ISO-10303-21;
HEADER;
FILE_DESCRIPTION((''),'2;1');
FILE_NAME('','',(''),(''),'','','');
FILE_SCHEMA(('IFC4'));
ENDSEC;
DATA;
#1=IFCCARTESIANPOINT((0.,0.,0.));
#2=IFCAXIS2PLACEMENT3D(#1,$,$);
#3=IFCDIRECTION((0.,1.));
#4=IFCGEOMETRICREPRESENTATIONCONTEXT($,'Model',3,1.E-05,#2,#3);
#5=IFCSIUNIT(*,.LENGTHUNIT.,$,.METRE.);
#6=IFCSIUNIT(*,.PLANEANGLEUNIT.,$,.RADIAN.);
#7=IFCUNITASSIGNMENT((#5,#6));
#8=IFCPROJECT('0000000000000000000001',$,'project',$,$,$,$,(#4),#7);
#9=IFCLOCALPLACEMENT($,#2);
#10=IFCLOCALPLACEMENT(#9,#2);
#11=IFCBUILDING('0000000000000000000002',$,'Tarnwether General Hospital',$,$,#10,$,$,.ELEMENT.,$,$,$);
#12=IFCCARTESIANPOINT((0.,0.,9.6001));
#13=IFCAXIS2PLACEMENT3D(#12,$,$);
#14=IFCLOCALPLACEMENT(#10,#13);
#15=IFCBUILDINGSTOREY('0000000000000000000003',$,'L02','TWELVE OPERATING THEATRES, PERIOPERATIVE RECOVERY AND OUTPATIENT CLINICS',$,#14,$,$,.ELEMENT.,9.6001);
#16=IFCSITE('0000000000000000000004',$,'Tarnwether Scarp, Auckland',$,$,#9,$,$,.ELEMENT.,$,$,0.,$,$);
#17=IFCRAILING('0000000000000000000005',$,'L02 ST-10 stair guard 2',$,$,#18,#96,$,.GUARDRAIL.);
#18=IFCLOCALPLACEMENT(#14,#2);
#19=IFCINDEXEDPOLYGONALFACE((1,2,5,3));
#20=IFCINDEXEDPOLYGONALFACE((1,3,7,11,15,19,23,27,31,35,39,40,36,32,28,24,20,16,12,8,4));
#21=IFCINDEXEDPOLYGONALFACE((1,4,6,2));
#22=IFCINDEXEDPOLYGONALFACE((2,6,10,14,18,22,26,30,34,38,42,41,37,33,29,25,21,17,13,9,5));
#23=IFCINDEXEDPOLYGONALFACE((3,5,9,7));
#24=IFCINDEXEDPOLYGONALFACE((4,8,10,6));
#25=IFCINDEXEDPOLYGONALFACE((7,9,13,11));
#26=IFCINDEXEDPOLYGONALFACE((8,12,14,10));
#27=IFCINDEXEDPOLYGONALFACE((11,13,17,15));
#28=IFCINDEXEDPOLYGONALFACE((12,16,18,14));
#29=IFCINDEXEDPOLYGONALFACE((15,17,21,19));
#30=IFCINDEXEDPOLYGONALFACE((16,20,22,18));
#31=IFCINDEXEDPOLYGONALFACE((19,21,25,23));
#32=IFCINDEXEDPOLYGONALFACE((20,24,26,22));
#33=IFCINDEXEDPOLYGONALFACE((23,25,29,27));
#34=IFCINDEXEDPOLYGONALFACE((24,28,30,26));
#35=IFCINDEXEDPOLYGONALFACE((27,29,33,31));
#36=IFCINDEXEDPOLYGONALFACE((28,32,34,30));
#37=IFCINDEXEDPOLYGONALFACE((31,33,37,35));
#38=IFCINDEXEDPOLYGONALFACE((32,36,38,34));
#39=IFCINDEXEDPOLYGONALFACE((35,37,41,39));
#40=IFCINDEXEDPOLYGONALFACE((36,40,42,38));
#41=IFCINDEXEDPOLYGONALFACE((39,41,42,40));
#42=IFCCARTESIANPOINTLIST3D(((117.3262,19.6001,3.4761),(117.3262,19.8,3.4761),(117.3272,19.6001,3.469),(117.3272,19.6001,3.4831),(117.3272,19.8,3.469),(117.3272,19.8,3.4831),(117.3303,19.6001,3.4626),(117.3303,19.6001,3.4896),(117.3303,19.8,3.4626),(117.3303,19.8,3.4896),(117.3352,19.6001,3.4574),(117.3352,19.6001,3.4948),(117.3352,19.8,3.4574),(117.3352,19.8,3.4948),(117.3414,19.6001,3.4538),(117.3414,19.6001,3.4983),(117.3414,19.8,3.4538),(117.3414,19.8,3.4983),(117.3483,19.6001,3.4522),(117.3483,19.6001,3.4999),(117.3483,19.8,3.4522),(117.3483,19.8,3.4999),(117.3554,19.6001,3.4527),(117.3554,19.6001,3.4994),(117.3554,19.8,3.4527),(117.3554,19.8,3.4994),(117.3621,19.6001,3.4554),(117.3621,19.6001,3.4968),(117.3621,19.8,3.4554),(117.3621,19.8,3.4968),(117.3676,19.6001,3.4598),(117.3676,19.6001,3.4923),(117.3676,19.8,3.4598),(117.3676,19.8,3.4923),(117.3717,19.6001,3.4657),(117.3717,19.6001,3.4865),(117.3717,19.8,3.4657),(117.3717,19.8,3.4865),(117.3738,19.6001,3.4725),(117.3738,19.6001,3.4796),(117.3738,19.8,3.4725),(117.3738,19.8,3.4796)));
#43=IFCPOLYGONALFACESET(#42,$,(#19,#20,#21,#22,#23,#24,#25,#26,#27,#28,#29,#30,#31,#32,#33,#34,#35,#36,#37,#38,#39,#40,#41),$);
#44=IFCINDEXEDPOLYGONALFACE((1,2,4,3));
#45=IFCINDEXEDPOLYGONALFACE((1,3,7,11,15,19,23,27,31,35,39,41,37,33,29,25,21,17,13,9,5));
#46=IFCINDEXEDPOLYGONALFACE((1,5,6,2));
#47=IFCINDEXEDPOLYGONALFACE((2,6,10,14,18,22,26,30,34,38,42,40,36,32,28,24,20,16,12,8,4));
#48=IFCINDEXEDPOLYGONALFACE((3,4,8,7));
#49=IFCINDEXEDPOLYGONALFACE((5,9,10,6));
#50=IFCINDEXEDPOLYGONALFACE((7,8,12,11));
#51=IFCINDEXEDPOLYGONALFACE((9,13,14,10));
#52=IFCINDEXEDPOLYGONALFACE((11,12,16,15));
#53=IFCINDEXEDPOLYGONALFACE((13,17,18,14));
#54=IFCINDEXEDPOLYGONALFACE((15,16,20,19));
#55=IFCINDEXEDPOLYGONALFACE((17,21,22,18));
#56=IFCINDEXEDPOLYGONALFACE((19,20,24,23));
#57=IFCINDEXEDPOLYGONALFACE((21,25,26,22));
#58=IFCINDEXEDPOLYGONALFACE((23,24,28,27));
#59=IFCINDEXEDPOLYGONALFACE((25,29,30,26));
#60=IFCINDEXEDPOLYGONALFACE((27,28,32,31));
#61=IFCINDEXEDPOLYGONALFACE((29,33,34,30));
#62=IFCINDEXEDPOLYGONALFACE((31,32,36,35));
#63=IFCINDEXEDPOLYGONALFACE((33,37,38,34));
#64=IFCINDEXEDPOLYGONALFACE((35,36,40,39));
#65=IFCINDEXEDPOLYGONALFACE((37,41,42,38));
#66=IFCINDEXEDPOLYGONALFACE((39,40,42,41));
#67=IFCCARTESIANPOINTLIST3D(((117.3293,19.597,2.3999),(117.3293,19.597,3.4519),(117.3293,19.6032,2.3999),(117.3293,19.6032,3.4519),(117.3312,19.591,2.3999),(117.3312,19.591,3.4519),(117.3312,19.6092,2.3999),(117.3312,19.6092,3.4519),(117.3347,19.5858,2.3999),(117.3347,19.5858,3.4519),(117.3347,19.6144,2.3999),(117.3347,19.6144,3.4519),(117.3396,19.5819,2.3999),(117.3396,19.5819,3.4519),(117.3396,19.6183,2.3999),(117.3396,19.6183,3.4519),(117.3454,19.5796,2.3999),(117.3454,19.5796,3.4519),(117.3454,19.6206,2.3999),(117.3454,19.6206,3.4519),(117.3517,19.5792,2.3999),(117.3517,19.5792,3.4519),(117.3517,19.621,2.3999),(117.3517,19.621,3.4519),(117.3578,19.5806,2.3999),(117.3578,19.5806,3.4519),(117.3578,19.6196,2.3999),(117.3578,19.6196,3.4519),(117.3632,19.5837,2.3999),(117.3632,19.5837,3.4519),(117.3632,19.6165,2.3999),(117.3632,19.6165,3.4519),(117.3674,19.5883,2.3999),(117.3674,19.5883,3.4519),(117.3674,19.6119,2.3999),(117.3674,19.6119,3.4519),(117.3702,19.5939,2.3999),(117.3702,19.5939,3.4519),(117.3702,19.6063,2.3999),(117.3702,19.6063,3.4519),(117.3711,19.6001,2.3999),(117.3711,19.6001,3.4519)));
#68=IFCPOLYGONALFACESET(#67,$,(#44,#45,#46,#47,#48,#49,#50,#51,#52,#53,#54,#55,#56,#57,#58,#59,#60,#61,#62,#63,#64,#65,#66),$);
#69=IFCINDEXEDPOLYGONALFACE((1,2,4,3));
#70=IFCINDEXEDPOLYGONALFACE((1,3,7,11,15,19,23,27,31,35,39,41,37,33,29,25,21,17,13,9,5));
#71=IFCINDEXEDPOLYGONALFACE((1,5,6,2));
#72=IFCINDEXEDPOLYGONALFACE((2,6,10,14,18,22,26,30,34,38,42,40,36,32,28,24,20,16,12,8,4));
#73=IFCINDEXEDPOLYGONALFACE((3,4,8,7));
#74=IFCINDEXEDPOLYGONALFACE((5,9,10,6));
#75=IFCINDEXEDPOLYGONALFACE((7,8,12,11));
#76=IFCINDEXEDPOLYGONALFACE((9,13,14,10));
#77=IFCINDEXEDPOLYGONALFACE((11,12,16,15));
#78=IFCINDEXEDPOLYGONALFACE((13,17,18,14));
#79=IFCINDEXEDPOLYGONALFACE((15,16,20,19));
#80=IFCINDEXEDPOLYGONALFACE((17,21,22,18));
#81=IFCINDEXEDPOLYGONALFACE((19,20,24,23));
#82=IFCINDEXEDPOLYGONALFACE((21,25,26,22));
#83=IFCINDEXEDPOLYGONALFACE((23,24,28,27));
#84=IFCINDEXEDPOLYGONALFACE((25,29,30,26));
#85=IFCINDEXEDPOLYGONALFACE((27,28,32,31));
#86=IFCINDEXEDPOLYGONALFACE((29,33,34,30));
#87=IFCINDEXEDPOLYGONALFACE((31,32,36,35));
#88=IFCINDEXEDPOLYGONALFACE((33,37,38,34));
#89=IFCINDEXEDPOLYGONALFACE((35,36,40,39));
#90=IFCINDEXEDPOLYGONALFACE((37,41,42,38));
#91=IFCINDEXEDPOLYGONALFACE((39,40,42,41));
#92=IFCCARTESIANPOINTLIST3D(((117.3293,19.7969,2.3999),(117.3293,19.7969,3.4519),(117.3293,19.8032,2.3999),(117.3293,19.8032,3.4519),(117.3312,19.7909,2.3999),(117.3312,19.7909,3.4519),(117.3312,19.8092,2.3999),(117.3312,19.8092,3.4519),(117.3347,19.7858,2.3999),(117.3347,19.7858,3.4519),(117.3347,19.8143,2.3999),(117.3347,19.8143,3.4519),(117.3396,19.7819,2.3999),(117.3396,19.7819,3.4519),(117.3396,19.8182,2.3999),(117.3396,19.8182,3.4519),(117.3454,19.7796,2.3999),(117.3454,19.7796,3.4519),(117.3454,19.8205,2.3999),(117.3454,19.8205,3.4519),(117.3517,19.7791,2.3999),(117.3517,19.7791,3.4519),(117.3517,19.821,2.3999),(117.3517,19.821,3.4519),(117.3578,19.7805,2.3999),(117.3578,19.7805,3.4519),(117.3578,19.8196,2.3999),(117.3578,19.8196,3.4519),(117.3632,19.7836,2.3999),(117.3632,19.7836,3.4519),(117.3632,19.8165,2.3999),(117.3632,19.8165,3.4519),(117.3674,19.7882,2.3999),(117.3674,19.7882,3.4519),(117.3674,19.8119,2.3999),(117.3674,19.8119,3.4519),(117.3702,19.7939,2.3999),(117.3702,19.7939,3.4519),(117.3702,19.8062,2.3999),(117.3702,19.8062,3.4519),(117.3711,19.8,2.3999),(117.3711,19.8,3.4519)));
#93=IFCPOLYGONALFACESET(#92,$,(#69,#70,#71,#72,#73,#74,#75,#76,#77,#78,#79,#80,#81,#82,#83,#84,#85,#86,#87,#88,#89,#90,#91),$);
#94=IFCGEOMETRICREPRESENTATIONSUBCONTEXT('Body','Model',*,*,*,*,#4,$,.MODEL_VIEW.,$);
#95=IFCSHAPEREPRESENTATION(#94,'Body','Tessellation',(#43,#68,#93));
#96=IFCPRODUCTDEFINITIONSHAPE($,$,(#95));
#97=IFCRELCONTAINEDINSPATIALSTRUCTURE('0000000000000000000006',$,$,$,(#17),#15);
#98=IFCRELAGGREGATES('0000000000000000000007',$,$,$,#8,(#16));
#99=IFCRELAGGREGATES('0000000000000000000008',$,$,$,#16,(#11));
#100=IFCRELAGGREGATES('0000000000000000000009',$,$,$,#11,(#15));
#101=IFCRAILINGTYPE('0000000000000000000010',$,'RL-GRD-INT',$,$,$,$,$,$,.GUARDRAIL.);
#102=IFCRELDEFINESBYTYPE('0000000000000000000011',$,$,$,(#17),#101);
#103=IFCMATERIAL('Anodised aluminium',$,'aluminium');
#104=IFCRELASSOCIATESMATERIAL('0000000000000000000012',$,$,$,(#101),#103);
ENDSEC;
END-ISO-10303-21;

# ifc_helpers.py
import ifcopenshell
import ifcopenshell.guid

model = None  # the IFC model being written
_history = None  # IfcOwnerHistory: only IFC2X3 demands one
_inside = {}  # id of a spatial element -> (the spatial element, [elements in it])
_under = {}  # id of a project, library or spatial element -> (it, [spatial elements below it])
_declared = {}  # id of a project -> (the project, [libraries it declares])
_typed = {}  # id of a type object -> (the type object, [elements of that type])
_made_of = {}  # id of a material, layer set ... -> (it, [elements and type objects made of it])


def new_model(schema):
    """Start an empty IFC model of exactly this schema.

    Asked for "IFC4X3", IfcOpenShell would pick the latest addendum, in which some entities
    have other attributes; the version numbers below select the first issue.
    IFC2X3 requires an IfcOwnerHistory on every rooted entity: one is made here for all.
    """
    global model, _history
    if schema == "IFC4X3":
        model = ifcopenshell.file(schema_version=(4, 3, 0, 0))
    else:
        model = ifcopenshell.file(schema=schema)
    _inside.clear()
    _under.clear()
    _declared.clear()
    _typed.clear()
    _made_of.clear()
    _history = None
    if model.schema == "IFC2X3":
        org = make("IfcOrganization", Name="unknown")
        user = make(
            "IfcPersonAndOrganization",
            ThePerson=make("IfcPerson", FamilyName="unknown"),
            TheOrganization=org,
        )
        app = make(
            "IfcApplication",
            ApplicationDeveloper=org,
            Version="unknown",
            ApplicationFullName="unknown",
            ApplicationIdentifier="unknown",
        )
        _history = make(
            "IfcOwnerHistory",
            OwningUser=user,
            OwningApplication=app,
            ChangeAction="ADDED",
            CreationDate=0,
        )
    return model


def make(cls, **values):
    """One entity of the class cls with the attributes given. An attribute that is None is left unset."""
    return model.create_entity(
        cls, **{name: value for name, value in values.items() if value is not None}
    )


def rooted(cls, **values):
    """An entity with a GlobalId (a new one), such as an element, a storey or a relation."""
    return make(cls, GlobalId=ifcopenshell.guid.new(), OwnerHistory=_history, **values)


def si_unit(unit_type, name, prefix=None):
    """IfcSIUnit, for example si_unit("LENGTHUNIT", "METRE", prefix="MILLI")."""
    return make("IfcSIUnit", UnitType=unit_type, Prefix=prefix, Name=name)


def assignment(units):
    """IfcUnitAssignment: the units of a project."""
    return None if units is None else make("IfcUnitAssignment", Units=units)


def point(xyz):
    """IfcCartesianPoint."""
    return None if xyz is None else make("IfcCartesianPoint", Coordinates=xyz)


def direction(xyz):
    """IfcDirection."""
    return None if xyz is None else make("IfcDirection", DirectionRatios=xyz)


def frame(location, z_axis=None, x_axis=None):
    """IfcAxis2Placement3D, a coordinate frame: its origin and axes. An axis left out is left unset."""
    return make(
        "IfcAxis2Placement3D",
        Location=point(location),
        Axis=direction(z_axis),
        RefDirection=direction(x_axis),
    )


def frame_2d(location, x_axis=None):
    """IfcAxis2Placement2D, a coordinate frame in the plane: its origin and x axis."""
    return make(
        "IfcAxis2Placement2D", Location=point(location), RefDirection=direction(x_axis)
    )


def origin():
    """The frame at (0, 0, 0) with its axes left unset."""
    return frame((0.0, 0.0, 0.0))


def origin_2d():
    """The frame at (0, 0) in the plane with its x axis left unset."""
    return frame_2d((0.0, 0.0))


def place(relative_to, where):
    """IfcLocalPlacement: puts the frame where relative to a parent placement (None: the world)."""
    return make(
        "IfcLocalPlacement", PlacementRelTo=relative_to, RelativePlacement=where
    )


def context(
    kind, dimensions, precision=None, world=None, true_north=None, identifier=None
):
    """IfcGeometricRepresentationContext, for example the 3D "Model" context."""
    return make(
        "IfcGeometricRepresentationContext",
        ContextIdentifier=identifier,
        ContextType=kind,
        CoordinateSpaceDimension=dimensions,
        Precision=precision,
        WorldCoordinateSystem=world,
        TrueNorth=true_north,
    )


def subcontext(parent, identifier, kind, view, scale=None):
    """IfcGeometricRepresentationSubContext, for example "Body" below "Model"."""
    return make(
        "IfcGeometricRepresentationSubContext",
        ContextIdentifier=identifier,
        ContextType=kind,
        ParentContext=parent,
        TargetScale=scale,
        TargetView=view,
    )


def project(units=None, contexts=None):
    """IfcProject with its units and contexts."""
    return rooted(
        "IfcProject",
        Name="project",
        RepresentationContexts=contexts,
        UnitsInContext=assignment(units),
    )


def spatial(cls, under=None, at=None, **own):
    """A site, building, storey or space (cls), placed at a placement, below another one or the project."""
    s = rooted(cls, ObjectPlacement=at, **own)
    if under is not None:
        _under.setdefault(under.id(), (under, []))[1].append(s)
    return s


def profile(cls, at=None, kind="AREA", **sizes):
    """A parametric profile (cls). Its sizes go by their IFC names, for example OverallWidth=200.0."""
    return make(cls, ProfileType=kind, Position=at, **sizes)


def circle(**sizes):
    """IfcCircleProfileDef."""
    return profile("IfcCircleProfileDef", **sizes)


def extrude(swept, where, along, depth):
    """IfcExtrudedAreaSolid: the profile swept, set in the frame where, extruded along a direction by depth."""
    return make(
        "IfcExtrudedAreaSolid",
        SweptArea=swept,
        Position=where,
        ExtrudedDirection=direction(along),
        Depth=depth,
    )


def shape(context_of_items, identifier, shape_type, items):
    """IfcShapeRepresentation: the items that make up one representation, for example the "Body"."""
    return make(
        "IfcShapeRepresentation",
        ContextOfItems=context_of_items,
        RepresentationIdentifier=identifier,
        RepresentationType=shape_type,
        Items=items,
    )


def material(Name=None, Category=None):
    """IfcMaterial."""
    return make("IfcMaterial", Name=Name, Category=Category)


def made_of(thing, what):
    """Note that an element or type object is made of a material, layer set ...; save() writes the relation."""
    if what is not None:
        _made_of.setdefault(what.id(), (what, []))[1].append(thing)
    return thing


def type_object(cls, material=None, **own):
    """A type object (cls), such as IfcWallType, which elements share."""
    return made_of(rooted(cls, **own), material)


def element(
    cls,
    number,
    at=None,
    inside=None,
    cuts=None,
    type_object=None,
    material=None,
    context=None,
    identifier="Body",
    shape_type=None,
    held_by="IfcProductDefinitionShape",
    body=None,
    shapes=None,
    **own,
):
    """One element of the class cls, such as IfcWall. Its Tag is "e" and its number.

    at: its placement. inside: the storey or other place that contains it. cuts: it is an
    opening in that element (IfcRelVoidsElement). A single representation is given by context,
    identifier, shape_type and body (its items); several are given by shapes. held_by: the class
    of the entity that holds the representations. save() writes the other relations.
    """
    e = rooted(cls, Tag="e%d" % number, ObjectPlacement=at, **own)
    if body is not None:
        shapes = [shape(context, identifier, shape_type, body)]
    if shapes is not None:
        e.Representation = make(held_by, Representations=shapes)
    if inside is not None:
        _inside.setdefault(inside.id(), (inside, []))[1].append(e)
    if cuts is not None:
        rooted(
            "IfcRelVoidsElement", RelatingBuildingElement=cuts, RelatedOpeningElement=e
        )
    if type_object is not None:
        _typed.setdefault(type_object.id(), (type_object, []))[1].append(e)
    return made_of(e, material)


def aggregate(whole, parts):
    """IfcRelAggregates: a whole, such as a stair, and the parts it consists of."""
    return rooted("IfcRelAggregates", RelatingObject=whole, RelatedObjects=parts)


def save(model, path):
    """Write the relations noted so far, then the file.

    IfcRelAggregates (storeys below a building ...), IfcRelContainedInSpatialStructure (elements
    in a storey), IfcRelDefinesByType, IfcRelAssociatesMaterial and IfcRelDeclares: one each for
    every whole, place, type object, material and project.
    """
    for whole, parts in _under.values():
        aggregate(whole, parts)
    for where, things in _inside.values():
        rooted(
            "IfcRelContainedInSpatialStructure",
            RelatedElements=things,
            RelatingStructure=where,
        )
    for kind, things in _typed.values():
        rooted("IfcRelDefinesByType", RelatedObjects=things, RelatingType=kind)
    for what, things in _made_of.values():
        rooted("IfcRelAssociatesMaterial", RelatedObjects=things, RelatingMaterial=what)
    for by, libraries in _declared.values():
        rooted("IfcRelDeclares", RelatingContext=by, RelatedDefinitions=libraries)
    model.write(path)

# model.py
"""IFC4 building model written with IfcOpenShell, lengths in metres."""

from ifc_helpers import new_model, si_unit, direction, frame, origin, origin_2d, place, context, subcontext, project, spatial, circle, extrude, material, type_object, element, save


model = new_model("IFC4")

# Units and contexts
model_context = context("Model", 3, precision=1e-05, world=origin(), true_north=direction((0.0, 1.0)))
body_context = subcontext(model_context, "Body", "Model", "MODEL_VIEW")
ifc_project = project(units=[si_unit("LENGTHUNIT", "METRE"), si_unit("PLANEANGLEUNIT", "RADIAN")], contexts=[model_context])

# Site, building, storey
site_placement = place(None, origin())
site = spatial("IfcSite", under=ifc_project, at=site_placement, Name="Tarnwether Scarp, Auckland", CompositionType="ELEMENT", RefElevation=0.0)
building_placement = place(site_placement, origin())
building = spatial("IfcBuilding", under=site, at=building_placement, Name="Tarnwether General Hospital", CompositionType="ELEMENT")
storey_placement = place(building_placement, frame((0.0, 0.0, 9.6001)))
storey = spatial("IfcBuildingStorey", under=building, at=storey_placement, Name="L02", Description="TWELVE OPERATING THEATRES, PERIOPERATIVE RECOVERY AND OUTPATIENT CLINICS", CompositionType="ELEMENT", Elevation=9.6001)

# Railing
ifc_material_1 = material(Name="Anodised aluminium", Category="aluminium")
railing_type_1 = type_object("IfcRailingType", Name="RL-GRD-INT", PredefinedType="GUARDRAIL", material=ifc_material_1)
railing_1_placement = place(storey_placement, frame((117.3501, 19.6001, 2.3999)))
element("IfcRailing", 1, at=railing_1_placement, inside=storey, type_object=railing_type_1, Name="L02 ST-10 stair guard 2", PredefinedType="GUARDRAIL", context=body_context, shape_type="SweptSolid", body=[
    extrude(circle(Radius=0.0239, at=origin_2d()), frame((0.0, 0.0, 1.0762), z_axis=(0.0, 1.0, 0.0), x_axis=(-1.0, 0.0, 0.0)), (0.0, 0.0, 1.0), 0.2),
    extrude(circle(Radius=0.021, at=origin_2d()), origin(), (0.0, 0.0, 1.0), 1.052),
    extrude(circle(Radius=0.021, at=origin_2d()), frame((0.0, 0.2, 0.0)), (0.0, 0.0, 1.0), 1.052),
])

save(model, "model.ifc")
